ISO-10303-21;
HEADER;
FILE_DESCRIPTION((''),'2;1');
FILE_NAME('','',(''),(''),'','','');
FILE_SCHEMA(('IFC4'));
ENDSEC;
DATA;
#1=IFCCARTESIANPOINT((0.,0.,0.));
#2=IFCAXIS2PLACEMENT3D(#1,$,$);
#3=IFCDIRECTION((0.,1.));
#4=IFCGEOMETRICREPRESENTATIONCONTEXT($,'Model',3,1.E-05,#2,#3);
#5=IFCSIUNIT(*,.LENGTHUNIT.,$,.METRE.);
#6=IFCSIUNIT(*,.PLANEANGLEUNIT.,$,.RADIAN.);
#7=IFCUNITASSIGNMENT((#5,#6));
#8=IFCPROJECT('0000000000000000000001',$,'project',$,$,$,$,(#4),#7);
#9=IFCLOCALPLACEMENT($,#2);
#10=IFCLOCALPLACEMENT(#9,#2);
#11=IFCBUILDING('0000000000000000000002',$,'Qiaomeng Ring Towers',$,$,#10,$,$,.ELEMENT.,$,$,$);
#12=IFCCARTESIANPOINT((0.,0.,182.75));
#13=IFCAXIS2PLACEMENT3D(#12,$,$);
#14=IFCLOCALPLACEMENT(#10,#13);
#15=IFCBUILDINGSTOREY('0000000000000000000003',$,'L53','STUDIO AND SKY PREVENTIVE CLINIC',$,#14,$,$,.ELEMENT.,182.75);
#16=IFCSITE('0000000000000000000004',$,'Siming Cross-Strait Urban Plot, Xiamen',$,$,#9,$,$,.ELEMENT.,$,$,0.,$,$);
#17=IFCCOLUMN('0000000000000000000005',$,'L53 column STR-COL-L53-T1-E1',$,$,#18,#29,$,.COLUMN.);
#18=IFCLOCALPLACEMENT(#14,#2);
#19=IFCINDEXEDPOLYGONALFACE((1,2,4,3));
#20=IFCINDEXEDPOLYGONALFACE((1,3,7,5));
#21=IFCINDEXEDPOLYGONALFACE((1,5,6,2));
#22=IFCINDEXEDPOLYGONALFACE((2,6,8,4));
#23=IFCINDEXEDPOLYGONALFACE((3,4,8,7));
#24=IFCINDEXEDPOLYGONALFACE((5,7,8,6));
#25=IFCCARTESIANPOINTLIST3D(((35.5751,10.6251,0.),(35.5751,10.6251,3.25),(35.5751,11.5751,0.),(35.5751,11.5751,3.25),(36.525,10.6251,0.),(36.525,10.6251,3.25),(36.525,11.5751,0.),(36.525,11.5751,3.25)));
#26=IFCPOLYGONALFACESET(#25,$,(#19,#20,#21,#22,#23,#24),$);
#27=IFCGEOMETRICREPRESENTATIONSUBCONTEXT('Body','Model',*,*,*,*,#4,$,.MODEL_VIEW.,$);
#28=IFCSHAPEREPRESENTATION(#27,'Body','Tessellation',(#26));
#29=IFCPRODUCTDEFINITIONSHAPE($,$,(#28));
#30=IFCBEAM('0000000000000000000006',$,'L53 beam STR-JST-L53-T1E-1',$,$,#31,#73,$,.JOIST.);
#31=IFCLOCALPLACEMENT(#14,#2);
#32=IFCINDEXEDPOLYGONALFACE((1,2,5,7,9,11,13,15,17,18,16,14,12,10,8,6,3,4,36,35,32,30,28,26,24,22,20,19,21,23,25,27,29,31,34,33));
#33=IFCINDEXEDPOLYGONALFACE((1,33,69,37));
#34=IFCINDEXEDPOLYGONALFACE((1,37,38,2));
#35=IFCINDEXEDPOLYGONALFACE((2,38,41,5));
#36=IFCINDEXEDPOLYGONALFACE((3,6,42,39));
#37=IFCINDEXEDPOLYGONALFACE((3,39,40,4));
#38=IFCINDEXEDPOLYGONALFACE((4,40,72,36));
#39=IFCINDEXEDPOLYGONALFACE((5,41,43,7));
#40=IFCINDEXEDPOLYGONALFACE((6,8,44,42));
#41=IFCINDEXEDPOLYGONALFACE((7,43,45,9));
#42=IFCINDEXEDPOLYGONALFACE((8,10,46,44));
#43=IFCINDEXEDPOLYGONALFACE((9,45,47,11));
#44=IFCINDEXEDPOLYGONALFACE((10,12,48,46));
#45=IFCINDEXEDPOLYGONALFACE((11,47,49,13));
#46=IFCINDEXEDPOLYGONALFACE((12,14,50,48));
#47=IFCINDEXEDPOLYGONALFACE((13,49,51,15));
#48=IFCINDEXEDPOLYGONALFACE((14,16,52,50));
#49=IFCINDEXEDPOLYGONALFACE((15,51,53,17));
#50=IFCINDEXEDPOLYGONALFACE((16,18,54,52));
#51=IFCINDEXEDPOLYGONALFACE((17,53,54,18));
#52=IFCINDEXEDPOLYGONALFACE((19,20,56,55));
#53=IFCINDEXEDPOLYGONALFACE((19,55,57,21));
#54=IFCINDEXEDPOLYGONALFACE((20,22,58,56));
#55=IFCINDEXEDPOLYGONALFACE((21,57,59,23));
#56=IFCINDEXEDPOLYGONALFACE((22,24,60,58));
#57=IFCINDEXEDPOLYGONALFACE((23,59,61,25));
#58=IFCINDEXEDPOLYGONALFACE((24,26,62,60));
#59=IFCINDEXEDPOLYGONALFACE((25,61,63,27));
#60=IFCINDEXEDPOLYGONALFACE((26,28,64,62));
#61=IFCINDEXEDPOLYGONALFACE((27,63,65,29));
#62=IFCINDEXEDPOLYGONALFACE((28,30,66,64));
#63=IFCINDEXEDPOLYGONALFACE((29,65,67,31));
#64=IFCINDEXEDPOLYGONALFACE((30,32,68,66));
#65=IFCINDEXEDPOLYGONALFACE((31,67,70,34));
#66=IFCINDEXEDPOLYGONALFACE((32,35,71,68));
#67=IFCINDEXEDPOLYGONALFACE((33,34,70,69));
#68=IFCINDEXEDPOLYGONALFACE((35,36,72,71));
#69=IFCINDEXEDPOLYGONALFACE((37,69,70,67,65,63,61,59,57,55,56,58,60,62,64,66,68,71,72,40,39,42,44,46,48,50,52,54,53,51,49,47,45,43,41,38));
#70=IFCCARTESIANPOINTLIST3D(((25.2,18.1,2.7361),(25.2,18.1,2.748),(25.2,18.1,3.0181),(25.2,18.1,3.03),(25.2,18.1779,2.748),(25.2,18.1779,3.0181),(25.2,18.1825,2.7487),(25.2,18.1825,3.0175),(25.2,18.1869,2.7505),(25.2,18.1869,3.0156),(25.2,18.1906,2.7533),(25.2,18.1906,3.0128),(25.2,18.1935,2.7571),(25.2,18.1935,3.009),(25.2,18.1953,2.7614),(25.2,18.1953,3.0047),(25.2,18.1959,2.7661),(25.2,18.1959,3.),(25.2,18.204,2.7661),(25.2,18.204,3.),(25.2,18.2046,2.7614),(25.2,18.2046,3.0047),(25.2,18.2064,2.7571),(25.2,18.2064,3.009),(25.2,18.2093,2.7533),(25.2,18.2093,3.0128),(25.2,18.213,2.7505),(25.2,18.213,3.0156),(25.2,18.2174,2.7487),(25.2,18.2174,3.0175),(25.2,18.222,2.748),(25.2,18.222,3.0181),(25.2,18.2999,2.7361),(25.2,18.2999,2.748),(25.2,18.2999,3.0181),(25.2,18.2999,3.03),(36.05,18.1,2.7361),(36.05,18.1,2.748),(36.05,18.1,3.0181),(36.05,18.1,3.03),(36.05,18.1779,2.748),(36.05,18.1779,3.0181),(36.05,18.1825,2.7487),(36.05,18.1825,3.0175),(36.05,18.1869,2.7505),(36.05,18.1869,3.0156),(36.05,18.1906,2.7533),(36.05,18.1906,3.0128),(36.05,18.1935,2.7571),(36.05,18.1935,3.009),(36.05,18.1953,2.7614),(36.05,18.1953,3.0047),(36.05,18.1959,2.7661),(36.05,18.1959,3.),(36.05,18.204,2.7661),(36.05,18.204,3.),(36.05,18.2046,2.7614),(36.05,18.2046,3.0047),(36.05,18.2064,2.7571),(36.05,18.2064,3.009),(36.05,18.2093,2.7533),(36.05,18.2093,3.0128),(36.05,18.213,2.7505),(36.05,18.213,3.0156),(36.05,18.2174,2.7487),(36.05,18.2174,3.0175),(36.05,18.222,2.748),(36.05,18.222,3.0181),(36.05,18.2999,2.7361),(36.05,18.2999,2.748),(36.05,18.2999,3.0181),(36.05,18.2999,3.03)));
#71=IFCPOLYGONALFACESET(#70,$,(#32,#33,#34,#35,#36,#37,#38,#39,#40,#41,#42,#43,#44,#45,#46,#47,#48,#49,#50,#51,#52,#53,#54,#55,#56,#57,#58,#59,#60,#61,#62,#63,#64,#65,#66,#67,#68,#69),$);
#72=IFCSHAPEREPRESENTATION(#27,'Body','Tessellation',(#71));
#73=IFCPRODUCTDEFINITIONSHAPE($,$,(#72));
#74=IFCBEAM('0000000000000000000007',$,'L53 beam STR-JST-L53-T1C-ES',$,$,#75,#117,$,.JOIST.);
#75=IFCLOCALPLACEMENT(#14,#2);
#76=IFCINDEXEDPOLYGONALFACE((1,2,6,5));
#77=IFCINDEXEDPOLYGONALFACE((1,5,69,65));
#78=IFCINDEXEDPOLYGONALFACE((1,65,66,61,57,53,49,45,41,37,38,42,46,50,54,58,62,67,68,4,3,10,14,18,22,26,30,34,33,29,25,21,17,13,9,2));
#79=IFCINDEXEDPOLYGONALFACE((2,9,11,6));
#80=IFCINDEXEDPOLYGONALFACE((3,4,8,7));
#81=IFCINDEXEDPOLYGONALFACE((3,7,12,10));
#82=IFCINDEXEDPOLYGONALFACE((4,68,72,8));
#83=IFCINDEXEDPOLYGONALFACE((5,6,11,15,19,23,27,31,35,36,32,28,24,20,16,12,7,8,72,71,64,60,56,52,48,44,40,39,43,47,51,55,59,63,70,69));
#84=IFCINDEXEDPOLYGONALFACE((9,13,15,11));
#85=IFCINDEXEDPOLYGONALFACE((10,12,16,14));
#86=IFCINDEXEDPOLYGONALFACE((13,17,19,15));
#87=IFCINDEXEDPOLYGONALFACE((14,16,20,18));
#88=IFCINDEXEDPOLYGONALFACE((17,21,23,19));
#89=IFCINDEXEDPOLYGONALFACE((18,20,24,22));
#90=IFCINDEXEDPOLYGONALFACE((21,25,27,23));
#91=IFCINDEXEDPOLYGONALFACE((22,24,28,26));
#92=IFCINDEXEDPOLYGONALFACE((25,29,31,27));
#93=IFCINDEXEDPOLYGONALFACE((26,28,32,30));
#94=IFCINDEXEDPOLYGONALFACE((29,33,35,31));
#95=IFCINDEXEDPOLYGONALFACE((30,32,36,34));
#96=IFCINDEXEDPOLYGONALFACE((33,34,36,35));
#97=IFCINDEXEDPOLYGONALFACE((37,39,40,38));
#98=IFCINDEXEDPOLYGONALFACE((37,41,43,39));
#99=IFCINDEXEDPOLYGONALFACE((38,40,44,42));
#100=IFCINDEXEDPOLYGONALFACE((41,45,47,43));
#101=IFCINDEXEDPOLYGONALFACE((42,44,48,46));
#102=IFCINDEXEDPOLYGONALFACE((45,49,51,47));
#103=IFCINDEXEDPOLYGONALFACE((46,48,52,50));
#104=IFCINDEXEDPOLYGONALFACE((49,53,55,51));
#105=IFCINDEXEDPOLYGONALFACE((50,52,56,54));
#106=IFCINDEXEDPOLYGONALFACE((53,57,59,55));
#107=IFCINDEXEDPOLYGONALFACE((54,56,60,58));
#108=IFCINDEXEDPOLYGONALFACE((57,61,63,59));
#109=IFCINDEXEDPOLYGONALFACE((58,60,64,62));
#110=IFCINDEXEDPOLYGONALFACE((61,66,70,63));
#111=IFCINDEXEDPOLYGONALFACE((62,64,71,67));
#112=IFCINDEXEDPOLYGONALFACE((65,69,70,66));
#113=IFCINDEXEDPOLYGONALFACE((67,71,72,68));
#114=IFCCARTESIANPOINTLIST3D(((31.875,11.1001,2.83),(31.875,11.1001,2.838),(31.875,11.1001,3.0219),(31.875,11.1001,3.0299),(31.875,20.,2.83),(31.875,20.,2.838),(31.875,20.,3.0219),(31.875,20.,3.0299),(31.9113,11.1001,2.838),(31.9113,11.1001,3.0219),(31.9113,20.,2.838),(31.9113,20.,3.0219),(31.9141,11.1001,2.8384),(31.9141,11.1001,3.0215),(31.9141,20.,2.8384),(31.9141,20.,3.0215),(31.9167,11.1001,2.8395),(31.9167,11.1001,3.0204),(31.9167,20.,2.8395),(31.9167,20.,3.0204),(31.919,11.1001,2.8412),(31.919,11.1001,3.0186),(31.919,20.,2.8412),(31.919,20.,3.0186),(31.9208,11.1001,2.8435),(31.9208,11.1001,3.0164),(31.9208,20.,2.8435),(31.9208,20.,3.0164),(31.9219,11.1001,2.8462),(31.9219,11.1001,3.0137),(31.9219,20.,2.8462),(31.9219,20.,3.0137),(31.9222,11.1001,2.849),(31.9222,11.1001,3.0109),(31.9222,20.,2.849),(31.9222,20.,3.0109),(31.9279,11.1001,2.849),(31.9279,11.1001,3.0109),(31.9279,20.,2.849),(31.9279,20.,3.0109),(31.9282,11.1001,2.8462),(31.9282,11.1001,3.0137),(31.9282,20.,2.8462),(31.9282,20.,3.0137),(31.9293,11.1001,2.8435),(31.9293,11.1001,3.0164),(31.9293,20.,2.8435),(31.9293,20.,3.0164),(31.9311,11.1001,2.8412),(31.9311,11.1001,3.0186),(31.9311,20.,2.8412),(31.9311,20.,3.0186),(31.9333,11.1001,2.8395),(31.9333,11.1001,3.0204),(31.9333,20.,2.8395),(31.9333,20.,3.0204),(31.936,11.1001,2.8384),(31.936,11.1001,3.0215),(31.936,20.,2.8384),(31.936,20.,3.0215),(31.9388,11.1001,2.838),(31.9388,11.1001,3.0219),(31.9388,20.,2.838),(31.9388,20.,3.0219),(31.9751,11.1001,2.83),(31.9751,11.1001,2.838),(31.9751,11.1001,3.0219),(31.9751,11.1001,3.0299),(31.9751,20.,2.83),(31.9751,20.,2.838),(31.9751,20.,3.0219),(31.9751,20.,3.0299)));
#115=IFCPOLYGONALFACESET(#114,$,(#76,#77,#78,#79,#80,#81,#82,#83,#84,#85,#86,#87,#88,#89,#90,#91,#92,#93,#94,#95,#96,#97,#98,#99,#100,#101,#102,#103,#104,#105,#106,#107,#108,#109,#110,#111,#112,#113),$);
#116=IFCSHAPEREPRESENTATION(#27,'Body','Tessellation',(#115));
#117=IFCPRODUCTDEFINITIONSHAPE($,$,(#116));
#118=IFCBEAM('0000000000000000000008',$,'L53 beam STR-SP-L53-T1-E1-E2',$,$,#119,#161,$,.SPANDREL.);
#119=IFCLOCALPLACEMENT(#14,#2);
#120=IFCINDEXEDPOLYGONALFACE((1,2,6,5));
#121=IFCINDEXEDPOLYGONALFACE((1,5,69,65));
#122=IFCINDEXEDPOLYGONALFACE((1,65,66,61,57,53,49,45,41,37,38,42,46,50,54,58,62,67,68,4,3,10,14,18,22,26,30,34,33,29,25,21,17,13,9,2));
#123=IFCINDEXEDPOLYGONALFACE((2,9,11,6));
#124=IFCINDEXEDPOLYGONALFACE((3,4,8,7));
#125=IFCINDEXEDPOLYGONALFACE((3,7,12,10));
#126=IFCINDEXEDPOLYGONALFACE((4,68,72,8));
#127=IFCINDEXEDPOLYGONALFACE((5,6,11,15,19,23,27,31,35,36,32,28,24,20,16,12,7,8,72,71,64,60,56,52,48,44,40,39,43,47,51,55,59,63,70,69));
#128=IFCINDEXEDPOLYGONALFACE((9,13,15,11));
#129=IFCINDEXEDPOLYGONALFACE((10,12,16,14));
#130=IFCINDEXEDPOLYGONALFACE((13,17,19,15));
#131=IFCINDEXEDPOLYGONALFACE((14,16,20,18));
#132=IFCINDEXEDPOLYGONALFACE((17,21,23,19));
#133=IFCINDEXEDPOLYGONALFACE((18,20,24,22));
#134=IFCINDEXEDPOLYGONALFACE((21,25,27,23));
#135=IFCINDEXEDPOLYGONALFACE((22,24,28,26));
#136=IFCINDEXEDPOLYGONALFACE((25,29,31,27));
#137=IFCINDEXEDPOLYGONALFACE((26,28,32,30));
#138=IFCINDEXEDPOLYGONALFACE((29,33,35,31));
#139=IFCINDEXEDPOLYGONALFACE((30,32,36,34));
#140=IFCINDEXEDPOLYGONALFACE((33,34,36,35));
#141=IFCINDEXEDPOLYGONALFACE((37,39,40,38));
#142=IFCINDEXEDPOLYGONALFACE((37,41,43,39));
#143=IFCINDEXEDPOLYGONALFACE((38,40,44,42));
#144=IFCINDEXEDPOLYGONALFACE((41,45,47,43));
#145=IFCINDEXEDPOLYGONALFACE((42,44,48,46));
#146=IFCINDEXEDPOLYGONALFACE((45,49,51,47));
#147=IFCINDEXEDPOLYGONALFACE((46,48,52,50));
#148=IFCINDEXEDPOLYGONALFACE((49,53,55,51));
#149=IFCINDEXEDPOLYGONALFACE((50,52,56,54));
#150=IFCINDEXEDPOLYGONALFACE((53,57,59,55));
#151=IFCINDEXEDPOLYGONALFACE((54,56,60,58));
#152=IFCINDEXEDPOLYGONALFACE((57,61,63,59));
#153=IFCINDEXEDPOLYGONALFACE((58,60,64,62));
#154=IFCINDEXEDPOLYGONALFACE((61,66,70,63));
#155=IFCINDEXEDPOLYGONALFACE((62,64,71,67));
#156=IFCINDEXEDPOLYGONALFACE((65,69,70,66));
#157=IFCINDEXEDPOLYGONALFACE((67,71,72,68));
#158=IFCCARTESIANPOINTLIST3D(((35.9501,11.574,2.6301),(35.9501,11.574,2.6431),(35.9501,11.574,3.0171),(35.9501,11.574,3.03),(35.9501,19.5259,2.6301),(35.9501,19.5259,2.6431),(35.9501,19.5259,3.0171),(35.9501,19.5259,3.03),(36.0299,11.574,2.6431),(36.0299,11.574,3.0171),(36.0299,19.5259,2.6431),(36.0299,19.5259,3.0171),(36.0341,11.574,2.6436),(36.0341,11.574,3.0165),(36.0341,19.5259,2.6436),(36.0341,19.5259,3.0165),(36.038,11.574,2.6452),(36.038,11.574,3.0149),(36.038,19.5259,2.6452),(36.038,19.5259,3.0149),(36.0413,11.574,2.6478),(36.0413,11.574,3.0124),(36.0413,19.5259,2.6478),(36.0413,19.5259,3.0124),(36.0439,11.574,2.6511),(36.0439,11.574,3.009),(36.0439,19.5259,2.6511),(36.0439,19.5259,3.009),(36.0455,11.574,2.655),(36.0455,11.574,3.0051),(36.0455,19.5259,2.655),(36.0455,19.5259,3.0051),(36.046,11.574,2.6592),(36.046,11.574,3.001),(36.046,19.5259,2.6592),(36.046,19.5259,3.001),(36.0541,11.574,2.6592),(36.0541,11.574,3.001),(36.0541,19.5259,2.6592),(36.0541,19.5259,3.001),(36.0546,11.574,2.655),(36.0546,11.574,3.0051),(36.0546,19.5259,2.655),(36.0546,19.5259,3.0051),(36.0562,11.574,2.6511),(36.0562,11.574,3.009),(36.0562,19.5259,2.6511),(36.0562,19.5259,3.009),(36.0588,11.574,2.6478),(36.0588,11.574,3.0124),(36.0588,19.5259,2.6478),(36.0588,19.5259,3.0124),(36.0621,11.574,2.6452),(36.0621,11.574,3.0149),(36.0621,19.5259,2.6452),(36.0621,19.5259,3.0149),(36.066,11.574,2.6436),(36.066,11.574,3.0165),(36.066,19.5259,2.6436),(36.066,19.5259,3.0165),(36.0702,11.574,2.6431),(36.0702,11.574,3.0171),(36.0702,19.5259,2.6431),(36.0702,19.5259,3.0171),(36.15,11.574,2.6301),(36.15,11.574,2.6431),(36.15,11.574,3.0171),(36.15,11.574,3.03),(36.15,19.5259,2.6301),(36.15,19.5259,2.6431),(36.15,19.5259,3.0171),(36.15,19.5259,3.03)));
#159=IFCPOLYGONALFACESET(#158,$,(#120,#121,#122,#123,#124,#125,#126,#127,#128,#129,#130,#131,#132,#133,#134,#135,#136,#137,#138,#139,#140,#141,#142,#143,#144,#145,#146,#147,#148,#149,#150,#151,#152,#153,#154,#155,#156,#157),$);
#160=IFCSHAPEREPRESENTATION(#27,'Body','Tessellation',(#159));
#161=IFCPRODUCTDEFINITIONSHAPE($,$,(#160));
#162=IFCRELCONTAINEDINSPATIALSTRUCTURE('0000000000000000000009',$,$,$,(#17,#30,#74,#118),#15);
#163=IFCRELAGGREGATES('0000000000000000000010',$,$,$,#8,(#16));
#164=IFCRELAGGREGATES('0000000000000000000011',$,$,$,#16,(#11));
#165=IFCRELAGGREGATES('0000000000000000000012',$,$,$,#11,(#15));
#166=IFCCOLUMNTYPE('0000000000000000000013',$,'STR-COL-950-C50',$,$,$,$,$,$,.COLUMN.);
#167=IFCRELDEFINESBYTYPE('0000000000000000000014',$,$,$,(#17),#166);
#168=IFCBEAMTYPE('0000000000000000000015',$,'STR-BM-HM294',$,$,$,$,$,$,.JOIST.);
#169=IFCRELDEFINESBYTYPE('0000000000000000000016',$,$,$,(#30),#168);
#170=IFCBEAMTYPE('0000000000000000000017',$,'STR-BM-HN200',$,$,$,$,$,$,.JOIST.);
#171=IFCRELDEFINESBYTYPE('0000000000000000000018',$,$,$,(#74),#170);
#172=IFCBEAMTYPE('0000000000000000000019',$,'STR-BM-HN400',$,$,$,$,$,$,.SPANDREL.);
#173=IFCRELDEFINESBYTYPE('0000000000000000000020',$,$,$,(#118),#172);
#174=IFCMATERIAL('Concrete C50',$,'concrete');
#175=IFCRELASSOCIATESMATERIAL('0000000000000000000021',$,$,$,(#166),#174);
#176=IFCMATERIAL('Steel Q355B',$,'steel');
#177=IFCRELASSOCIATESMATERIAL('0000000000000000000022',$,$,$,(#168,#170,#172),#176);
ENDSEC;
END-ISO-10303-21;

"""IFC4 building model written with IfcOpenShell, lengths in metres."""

from ifc_helpers import new_model, si_unit, direction, frame, origin, origin_2d, place, context, subcontext, project, spatial, rectangle, i_section, extrude, source, transform, mapped, material, material_profile, profile_set, type_object, element, save


model = new_model("IFC4")

# Units and contexts
model_context = context("Model", 3, precision=1e-05, world=origin(), true_north=direction((0.0, 1.0)))
body_context = subcontext(model_context, "Body", "Model", "MODEL_VIEW")
ifc_project = project(units=[si_unit("LENGTHUNIT", "METRE"), si_unit("PLANEANGLEUNIT", "RADIAN")], contexts=[model_context])

# Site, building, storey
site_placement = place(None, origin())
site = spatial("IfcSite", under=ifc_project, at=site_placement, Name="Siming Cross-Strait Urban Plot, Xiamen", CompositionType="ELEMENT", RefElevation=0.0)
building_placement = place(site_placement, origin())
building = spatial("IfcBuilding", under=site, at=building_placement, Name="Qiaomeng Ring Towers", CompositionType="ELEMENT")
storey_placement = place(building_placement, frame((0.0, 0.0, 182.75)))
storey = spatial("IfcBuildingStorey", under=building, at=storey_placement, Name="L53", Description="STUDIO AND SKY PREVENTIVE CLINIC", CompositionType="ELEMENT", Elevation=182.75)

# Column
ifc_material_1 = material(Name="Concrete C50", Category="concrete")
ifc_material_profile_1 = material_profile(ifc_material_1, rectangle(XDim=0.95, YDim=0.95, at=origin_2d()), Name="RC COL 950x950")
ifc_profile_set_1 = profile_set([ifc_material_profile_1], Name="Concrete C50")
column_type = type_object("IfcColumnType", Name="STR-COL-950-C50", PredefinedType="COLUMN", material=ifc_profile_set_1)
shared_shape_1 = source(origin(), body_context, "Body", "SweptSolid", [
    extrude(rectangle(XDim=0.95, YDim=0.95, at=origin_2d()), origin(), (0.0, 0.0, 1.0), 3.25),
])
column_placement = place(storey_placement, frame((36.05, 11.1001, 0.0), z_axis=(0.0, 0.0, 1.0), x_axis=(1.0, 0.0, 0.0)))
element("IfcColumn", 1, at=column_placement, inside=storey, type_object=column_type, Name="L53 column STR-COL-L53-T1-E1", PredefinedType="COLUMN", context=body_context, shape_type="MappedRepresentation", body=[
    mapped(shared_shape_1, transform((0.0, 0.0, 0.0), x_axis=(1.0, 0.0, 0.0), y_axis=(0.0, 1.0, 0.0), z_axis=(0.0, 0.0, 1.0), scale=1.0)),
])

# Beams
ifc_material_2 = material(Name="Steel Q355B", Category="steel")
ifc_material_profile_2 = material_profile(ifc_material_2, i_section(OverallWidth=0.2, OverallDepth=0.2939, WebThickness=0.0081, FlangeThickness=0.012, FilletRadius=0.0181, at=origin_2d()), Name="HM 294x200x8x12")
ifc_profile_set_2 = profile_set([ifc_material_profile_2], Name="Steel Q355B")
beam_type_1 = type_object("IfcBeamType", Name="STR-BM-HM294", PredefinedType="JOIST", material=ifc_profile_set_2)
shared_shape_2 = source(origin(), body_context, "Body", "SweptSolid", [
    extrude(i_section(OverallWidth=0.2, OverallDepth=0.2939, WebThickness=0.0081, FlangeThickness=0.012, FilletRadius=0.0181, at=origin_2d()), origin(), (0.0, 0.0, 1.0), 10.8501),
])
beam_1_placement = place(storey_placement, frame((25.2, 18.2, 2.8831), z_axis=(1.0, 0.0, 0.0), x_axis=(0.0, 1.0, 0.0)))
element("IfcBeam", 2, at=beam_1_placement, inside=storey, type_object=beam_type_1, Name="L53 beam STR-JST-L53-T1E-1", PredefinedType="JOIST", context=body_context, shape_type="MappedRepresentation", body=[
    mapped(shared_shape_2, transform((0.0, 0.0, 0.0), x_axis=(1.0, 0.0, 0.0), y_axis=(0.0, 1.0, 0.0), z_axis=(0.0, 0.0, 1.0), scale=1.0)),
])
ifc_material_profile_3 = material_profile(ifc_material_2, i_section(OverallWidth=0.1001, OverallDepth=0.2, WebThickness=0.0056, FlangeThickness=0.0081, FilletRadius=0.011, at=origin_2d()), Name="HN 200x100x5.5x8")
ifc_profile_set_3 = profile_set([ifc_material_profile_3], Name="Steel Q355B")
beam_type_2 = type_object("IfcBeamType", Name="STR-BM-HN200", PredefinedType="JOIST", material=ifc_profile_set_3)
shared_shape_3 = source(origin(), body_context, "Body", "SweptSolid", [
    extrude(i_section(OverallWidth=0.1001, OverallDepth=0.2, WebThickness=0.0056, FlangeThickness=0.0081, FilletRadius=0.011, at=origin_2d()), origin(), (0.0, 0.0, 1.0), 8.8999),
])
beam_2_placement = place(storey_placement, frame((31.925, 11.1001, 2.9299), z_axis=(0.0, 1.0, 0.0), x_axis=(-1.0, 0.0, 0.0)))
element("IfcBeam", 3, at=beam_2_placement, inside=storey, type_object=beam_type_2, Name="L53 beam STR-JST-L53-T1C-ES", PredefinedType="JOIST", context=body_context, shape_type="MappedRepresentation", body=[
    mapped(shared_shape_3, transform((0.0, 0.0, 0.0), x_axis=(1.0, 0.0, 0.0), y_axis=(0.0, 1.0, 0.0), z_axis=(0.0, 0.0, 1.0), scale=1.0)),
])
ifc_material_profile_4 = material_profile(ifc_material_2, i_section(OverallWidth=0.2, OverallDepth=0.3999, WebThickness=0.0081, FlangeThickness=0.0129, FilletRadius=0.0161, at=origin_2d()), Name="HN 400x200x8x13")
ifc_profile_set_4 = profile_set([ifc_material_profile_4], Name="Steel Q355B")
beam_type_3 = type_object("IfcBeamType", Name="STR-BM-HN400", PredefinedType="SPANDREL", material=ifc_profile_set_4)
shared_shape_4 = source(origin(), body_context, "Body", "SweptSolid", [
    extrude(i_section(OverallWidth=0.2, OverallDepth=0.3999, WebThickness=0.0081, FlangeThickness=0.0129, FilletRadius=0.0161, at=origin_2d()), origin(), (0.0, 0.0, 1.0), 7.9519),
])
beam_3_placement = place(storey_placement, frame((36.05, 11.574, 2.8301), z_axis=(0.0, 1.0, 0.0), x_axis=(-1.0, 0.0, 0.0)))
element("IfcBeam", 4, at=beam_3_placement, inside=storey, type_object=beam_type_3, Name="L53 beam STR-SP-L53-T1-E1-E2", PredefinedType="SPANDREL", context=body_context, shape_type="MappedRepresentation", body=[
    mapped(shared_shape_4, transform((0.0, 0.0, 0.0), x_axis=(1.0, 0.0, 0.0), y_axis=(0.0, 1.0, 0.0), z_axis=(0.0, 0.0, 1.0), scale=1.0)),
])

save(model, "model.ifc")
